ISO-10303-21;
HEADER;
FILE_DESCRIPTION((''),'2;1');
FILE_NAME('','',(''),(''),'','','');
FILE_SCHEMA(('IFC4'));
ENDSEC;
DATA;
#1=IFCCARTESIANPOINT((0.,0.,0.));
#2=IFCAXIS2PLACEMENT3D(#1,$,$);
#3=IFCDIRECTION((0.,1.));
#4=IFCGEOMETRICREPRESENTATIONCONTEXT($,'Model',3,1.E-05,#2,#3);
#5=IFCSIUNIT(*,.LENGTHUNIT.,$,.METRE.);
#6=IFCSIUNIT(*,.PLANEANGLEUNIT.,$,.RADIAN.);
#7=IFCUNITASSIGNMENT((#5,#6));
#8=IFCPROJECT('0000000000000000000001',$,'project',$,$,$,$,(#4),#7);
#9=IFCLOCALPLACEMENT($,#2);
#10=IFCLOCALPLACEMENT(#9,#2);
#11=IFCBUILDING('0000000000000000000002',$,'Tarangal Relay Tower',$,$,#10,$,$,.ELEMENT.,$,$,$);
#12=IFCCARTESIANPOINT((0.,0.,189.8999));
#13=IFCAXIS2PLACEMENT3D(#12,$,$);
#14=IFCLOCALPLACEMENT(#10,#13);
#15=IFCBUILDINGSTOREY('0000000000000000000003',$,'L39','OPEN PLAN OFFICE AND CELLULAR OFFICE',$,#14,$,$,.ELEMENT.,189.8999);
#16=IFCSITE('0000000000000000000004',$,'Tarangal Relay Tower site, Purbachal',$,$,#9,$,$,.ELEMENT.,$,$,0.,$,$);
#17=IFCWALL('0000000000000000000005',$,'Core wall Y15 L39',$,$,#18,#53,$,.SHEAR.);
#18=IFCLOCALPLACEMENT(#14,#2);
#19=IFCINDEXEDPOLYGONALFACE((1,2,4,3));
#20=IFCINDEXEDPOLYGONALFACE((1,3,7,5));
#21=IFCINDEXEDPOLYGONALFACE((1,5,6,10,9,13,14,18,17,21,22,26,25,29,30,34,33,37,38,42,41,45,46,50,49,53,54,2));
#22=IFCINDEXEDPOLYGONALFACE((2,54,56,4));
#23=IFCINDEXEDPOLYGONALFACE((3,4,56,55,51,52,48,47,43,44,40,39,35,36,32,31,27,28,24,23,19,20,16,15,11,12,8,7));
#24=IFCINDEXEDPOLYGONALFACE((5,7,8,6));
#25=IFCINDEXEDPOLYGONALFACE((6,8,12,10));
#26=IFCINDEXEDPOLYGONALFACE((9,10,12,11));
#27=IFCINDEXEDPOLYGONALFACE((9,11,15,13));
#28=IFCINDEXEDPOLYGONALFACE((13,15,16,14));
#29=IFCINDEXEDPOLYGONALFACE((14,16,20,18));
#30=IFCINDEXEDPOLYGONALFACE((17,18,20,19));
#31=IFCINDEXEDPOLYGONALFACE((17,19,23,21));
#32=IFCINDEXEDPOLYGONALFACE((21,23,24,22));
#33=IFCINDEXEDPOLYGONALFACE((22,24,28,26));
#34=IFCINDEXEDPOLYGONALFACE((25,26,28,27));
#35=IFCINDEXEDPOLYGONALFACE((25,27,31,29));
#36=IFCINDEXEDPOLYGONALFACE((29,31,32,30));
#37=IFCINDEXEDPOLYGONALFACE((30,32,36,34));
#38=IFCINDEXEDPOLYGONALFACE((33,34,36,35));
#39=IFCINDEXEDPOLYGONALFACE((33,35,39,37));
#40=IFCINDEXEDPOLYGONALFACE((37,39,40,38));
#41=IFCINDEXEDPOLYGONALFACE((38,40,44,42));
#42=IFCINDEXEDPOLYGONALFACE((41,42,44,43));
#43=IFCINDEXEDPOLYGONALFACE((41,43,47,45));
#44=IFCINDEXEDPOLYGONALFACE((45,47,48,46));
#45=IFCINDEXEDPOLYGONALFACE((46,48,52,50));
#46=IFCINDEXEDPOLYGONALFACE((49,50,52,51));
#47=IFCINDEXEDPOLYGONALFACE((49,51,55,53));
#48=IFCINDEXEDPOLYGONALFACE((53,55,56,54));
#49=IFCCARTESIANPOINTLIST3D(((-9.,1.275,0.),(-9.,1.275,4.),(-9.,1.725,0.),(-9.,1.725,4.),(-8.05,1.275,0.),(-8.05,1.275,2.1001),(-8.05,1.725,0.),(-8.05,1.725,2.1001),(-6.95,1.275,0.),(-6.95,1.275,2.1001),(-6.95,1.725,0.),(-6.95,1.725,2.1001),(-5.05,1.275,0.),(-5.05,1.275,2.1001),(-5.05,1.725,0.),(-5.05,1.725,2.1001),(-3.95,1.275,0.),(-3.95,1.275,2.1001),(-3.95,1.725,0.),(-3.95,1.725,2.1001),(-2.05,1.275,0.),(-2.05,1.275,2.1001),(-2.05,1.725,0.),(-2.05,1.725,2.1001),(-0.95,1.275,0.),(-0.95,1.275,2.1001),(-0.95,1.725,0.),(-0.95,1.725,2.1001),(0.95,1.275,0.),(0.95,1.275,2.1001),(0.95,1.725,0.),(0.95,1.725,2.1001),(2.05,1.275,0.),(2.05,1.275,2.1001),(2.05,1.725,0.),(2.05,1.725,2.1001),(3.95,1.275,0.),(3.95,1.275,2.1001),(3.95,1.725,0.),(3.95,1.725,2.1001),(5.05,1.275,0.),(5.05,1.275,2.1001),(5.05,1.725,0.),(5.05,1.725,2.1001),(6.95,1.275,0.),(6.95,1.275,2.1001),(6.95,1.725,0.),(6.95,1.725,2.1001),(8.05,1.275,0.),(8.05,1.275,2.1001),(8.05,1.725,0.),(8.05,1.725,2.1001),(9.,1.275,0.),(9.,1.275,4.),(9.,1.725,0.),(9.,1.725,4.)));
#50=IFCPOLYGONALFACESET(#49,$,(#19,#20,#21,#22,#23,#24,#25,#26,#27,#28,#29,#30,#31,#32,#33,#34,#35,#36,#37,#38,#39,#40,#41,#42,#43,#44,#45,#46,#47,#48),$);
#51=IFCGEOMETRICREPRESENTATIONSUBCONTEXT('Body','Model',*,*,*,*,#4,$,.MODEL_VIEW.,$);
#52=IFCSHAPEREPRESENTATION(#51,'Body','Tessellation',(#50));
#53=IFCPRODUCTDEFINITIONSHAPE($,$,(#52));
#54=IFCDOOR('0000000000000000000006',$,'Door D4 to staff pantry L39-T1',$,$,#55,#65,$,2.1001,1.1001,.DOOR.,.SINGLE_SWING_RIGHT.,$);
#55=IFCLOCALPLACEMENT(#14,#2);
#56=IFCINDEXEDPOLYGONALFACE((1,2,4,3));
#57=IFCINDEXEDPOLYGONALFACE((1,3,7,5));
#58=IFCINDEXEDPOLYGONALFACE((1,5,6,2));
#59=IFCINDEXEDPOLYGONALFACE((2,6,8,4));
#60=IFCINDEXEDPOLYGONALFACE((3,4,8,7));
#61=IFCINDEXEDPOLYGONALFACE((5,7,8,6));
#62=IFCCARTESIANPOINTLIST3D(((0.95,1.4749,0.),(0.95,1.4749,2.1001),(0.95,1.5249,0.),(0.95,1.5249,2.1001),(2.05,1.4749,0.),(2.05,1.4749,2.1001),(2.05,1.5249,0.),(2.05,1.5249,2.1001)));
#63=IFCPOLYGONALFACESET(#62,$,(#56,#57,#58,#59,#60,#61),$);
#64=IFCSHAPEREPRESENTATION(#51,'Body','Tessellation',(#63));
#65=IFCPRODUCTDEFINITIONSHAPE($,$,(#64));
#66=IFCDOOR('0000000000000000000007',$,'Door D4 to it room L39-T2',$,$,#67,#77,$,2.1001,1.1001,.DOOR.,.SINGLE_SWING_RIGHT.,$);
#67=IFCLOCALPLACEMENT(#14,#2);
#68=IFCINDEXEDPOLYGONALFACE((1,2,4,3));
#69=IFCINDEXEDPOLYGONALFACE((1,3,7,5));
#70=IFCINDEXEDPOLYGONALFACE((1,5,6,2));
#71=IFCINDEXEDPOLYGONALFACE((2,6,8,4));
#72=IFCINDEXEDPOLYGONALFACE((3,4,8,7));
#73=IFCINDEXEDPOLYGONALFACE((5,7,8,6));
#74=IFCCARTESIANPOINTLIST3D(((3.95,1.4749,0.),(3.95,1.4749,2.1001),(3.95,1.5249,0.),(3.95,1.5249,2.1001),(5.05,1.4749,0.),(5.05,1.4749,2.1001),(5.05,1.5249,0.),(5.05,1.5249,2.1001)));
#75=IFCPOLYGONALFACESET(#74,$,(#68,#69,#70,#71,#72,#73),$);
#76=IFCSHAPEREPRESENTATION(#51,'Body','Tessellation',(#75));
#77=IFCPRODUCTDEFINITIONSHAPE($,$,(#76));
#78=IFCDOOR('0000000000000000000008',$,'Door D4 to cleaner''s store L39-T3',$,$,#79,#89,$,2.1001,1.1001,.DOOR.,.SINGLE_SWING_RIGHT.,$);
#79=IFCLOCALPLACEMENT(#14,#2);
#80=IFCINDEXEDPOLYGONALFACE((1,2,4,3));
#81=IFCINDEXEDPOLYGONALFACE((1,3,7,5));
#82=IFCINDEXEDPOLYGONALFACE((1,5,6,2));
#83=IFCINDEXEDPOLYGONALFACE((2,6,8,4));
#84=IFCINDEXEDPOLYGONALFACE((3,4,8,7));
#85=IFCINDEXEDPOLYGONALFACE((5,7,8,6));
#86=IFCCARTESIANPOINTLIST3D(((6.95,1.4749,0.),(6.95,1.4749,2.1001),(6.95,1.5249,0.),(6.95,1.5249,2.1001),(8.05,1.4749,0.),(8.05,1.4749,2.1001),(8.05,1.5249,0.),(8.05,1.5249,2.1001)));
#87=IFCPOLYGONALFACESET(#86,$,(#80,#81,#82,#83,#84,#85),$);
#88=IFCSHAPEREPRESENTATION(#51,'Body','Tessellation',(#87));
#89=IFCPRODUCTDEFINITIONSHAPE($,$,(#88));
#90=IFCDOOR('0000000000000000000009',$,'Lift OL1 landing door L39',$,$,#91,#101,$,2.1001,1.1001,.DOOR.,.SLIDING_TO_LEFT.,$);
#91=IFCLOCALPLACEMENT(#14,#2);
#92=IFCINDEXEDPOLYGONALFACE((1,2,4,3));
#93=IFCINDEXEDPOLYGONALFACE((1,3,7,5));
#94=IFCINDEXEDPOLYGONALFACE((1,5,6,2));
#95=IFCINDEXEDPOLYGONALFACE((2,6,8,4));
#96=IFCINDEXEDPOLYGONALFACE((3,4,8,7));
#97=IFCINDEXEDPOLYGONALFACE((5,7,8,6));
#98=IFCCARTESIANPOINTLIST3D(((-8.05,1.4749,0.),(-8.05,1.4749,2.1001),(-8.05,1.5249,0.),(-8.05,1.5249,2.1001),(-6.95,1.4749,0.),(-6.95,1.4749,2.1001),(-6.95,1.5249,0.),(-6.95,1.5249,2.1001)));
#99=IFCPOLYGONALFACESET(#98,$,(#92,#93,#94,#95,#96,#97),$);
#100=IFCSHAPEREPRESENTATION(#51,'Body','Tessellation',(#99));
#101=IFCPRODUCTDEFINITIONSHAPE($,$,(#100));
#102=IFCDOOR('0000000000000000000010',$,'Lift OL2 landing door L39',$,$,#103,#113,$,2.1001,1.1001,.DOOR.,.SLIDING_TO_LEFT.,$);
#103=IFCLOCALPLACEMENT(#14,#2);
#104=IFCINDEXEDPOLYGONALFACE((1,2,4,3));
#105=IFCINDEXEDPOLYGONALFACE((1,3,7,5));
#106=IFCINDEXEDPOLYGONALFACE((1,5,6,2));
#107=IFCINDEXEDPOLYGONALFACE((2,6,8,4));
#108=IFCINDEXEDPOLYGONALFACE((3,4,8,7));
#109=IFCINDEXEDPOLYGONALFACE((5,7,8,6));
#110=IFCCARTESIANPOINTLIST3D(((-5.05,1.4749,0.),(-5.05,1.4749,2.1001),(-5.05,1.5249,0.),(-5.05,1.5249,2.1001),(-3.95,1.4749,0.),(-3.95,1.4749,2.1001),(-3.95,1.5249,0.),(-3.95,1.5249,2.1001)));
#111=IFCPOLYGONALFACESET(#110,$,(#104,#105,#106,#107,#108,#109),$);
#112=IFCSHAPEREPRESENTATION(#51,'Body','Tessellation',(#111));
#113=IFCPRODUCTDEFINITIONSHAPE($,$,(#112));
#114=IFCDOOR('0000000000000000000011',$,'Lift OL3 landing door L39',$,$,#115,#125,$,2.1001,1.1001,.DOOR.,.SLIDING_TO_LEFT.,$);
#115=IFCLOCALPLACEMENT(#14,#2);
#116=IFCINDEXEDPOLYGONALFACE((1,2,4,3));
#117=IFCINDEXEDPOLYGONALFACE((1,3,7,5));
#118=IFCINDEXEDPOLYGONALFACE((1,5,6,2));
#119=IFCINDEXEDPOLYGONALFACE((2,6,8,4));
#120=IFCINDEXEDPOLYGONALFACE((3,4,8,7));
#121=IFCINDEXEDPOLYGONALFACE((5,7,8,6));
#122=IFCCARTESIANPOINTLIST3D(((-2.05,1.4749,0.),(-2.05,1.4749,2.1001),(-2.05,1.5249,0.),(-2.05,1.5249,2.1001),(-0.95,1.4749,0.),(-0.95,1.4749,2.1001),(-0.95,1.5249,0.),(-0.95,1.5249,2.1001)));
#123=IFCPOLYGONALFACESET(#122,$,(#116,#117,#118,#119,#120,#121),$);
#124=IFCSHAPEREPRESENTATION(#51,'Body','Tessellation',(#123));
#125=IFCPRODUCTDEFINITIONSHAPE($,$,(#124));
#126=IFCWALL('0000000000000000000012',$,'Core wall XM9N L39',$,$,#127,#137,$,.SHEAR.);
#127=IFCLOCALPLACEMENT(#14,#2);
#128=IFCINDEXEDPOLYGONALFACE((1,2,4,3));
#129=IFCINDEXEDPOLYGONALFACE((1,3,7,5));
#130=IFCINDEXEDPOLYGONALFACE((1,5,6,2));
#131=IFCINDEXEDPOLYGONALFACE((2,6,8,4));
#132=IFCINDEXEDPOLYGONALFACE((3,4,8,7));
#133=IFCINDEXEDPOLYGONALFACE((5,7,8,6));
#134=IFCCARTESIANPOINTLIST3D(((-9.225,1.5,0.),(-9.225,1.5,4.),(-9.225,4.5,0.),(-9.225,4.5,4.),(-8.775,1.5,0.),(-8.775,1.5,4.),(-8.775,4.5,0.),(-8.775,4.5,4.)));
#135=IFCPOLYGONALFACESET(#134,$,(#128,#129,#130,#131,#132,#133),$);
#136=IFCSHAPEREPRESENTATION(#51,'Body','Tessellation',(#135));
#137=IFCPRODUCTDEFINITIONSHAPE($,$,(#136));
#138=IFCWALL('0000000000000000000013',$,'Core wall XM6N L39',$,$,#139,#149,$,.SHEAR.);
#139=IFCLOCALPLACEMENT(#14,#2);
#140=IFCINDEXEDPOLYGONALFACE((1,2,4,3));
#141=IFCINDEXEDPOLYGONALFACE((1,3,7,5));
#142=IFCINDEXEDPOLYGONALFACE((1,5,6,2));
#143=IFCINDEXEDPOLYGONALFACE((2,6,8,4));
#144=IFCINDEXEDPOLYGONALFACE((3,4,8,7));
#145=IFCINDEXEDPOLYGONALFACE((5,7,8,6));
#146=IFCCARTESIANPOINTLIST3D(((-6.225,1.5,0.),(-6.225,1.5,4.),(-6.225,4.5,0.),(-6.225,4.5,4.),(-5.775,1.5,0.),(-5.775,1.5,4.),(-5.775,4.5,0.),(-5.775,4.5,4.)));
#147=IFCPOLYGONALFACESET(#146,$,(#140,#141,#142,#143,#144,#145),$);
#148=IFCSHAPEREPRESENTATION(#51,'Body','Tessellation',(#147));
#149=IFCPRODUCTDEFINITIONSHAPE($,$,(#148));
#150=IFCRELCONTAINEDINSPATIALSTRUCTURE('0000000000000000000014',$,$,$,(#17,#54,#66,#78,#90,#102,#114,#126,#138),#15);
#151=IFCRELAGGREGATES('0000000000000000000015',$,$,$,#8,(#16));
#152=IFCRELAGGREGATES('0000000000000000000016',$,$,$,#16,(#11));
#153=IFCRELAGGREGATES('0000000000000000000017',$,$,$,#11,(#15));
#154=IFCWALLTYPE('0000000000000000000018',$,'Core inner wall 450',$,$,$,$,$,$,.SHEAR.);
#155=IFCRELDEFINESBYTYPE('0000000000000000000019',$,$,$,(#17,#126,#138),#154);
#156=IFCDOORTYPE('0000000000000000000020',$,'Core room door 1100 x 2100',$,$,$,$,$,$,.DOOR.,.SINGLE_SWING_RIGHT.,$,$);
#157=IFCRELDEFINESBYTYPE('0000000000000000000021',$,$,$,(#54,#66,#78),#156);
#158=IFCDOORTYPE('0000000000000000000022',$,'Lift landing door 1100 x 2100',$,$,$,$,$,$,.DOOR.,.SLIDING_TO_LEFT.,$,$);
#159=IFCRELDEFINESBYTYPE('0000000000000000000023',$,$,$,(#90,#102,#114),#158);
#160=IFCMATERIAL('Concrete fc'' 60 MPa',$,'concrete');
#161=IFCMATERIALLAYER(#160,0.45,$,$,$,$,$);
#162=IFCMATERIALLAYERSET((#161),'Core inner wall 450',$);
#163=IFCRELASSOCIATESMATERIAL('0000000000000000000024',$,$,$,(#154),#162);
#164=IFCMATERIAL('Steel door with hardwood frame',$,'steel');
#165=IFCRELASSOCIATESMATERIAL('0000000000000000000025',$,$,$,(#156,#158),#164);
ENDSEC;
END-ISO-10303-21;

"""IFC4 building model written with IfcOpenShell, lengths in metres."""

from ifc_helpers import new_model, si_unit, direction, frame, frame_2d, origin, place, context, subcontext, project, spatial, rectangle, extrude, material, layer, layer_set, type_object, element, fill, save


model = new_model("IFC4")

# Units and contexts
model_context = context("Model", 3, precision=1e-05, world=origin(), true_north=direction((0.0, 1.0)))
body_context = subcontext(model_context, "Body", "Model", "MODEL_VIEW")
ifc_project = project(units=[si_unit("LENGTHUNIT", "METRE"), si_unit("PLANEANGLEUNIT", "RADIAN")], contexts=[model_context])

# Site, building, storey
site_placement = place(None, origin())
site = spatial("IfcSite", under=ifc_project, at=site_placement, Name="Tarangal Relay Tower site, Purbachal", CompositionType="ELEMENT", RefElevation=0.0)
building_placement = place(site_placement, origin())
building = spatial("IfcBuilding", under=site, at=building_placement, Name="Tarangal Relay Tower", CompositionType="ELEMENT")
storey_placement = place(building_placement, frame((0.0, 0.0, 189.8999)))
storey = spatial("IfcBuildingStorey", under=building, at=storey_placement, Name="L39", Description="OPEN PLAN OFFICE AND CELLULAR OFFICE", CompositionType="ELEMENT", Elevation=189.8999)

# Wall, openings, doors
ifc_material_1 = material(Name="Concrete fc' 60 MPa", Category="concrete")
ifc_layer = layer(ifc_material_1, 0.45)
ifc_layer_set = layer_set([ifc_layer], Name="Core inner wall 450")
wall_type = type_object("IfcWallType", Name="Core inner wall 450", PredefinedType="SHEAR", material=ifc_layer_set)
ifc_material_2 = material(Name="Steel door with hardwood frame", Category="steel")
wall_1_placement = place(storey_placement, frame((-9.0, 1.5, 0.0), z_axis=(0.0, 0.0, 1.0), x_axis=(1.0, 0.0, 0.0)))
wall_1 = element("IfcWall", 1, at=wall_1_placement, inside=storey, type_object=wall_type, Name="Core wall Y15 L39", PredefinedType="SHEAR", context=body_context, shape_type="SweptSolid", body=[
    extrude(rectangle(XDim=18.0, YDim=0.45, at=frame_2d((9.0, 0.0))), origin(), (0.0, 0.0, 1.0), 4.0),
])
opening_1_placement = place(wall_1_placement, frame((0.95, 0.0, 0.0)))
opening_1 = element("IfcOpeningElement", 2, at=opening_1_placement, cuts=wall_1, PredefinedType="OPENING", context=body_context, shape_type="SweptSolid", body=[
    extrude(rectangle(XDim=1.1001, YDim=2.1001, at=frame_2d((0.55, 1.05))), frame((0.0, 0.2349, 0.0), z_axis=(0.0, -1.0, 0.0), x_axis=(1.0, 0.0, 0.0)), (0.0, 0.0, 1.0), 0.47),
])
opening_2_placement = place(wall_1_placement, frame((3.95, 0.0, 0.0)))
opening_2 = element("IfcOpeningElement", 3, at=opening_2_placement, cuts=wall_1, PredefinedType="OPENING", context=body_context, shape_type="SweptSolid", body=[
    extrude(rectangle(XDim=1.1001, YDim=2.1001, at=frame_2d((0.55, 1.05))), frame((0.0, 0.2349, 0.0), z_axis=(0.0, -1.0, 0.0), x_axis=(1.0, 0.0, 0.0)), (0.0, 0.0, 1.0), 0.47),
])
opening_3_placement = place(wall_1_placement, frame((6.95, 0.0, 0.0)))
opening_3 = element("IfcOpeningElement", 4, at=opening_3_placement, cuts=wall_1, PredefinedType="OPENING", context=body_context, shape_type="SweptSolid", body=[
    extrude(rectangle(XDim=1.1001, YDim=2.1001, at=frame_2d((0.55, 1.05))), frame((0.0, 0.2349, 0.0), z_axis=(0.0, -1.0, 0.0), x_axis=(1.0, 0.0, 0.0)), (0.0, 0.0, 1.0), 0.47),
])
opening_4_placement = place(wall_1_placement, frame((9.95, 0.0, 0.0)))
opening_4 = element("IfcOpeningElement", 5, at=opening_4_placement, cuts=wall_1, PredefinedType="OPENING", context=body_context, shape_type="SweptSolid", body=[
    extrude(rectangle(XDim=1.1001, YDim=2.1001, at=frame_2d((0.55, 1.05))), frame((0.0, 0.2349, 0.0), z_axis=(0.0, -1.0, 0.0), x_axis=(1.0, 0.0, 0.0)), (0.0, 0.0, 1.0), 0.47),
])
opening_5_placement = place(wall_1_placement, frame((12.95, 0.0, 0.0)))
opening_5 = element("IfcOpeningElement", 6, at=opening_5_placement, cuts=wall_1, PredefinedType="OPENING", context=body_context, shape_type="SweptSolid", body=[
    extrude(rectangle(XDim=1.1001, YDim=2.1001, at=frame_2d((0.55, 1.05))), frame((0.0, 0.2349, 0.0), z_axis=(0.0, -1.0, 0.0), x_axis=(1.0, 0.0, 0.0)), (0.0, 0.0, 1.0), 0.47),
])
opening_6_placement = place(wall_1_placement, frame((15.95, 0.0, 0.0)))
opening_6 = element("IfcOpeningElement", 7, at=opening_6_placement, cuts=wall_1, PredefinedType="OPENING", context=body_context, shape_type="SweptSolid", body=[
    extrude(rectangle(XDim=1.1001, YDim=2.1001, at=frame_2d((0.55, 1.05))), frame((0.0, 0.2349, 0.0), z_axis=(0.0, -1.0, 0.0), x_axis=(1.0, 0.0, 0.0)), (0.0, 0.0, 1.0), 0.47),
])
door_type_1 = type_object("IfcDoorType", Name="Core room door 1100 x 2100", OperationType="SINGLE_SWING_RIGHT", PredefinedType="DOOR", material=ifc_material_2)
door_1_placement = place(opening_4_placement, origin())
door_1 = element("IfcDoor", 8, at=door_1_placement, inside=storey, type_object=door_type_1, Name="Door D4 to staff pantry L39-T1", OperationType="SINGLE_SWING_RIGHT", OverallHeight=2.1001, OverallWidth=1.1001, PredefinedType="DOOR", context=body_context, shape_type="SweptSolid", body=[
    extrude(rectangle(XDim=1.1001, YDim=2.1001, at=frame_2d((0.55, 1.05))), frame((0.0, 0.0249, 0.0), z_axis=(0.0, -1.0, 0.0), x_axis=(1.0, 0.0, 0.0)), (0.0, 0.0, 1.0), 0.05),
])
fill(opening_4, door_1)
door_2_placement = place(opening_5_placement, origin())
door_2 = element("IfcDoor", 9, at=door_2_placement, inside=storey, type_object=door_type_1, Name="Door D4 to it room L39-T2", OperationType="SINGLE_SWING_RIGHT", OverallHeight=2.1001, OverallWidth=1.1001, PredefinedType="DOOR", context=body_context, shape_type="SweptSolid", body=[
    extrude(rectangle(XDim=1.1001, YDim=2.1001, at=frame_2d((0.55, 1.05))), frame((0.0, 0.0249, 0.0), z_axis=(0.0, -1.0, 0.0), x_axis=(1.0, 0.0, 0.0)), (0.0, 0.0, 1.0), 0.05),
])
fill(opening_5, door_2)
door_3_placement = place(opening_6_placement, origin())
door_3 = element("IfcDoor", 10, at=door_3_placement, inside=storey, type_object=door_type_1, Name="Door D4 to cleaner's store L39-T3", OperationType="SINGLE_SWING_RIGHT", OverallHeight=2.1001, OverallWidth=1.1001, PredefinedType="DOOR", context=body_context, shape_type="SweptSolid", body=[
    extrude(rectangle(XDim=1.1001, YDim=2.1001, at=frame_2d((0.55, 1.05))), frame((0.0, 0.0249, 0.0), z_axis=(0.0, -1.0, 0.0), x_axis=(1.0, 0.0, 0.0)), (0.0, 0.0, 1.0), 0.05),
])
fill(opening_6, door_3)
door_type_2 = type_object("IfcDoorType", Name="Lift landing door 1100 x 2100", OperationType="SLIDING_TO_LEFT", PredefinedType="DOOR", material=ifc_material_2)
door_4_placement = place(opening_1_placement, origin())
door_4 = element("IfcDoor", 11, at=door_4_placement, inside=storey, type_object=door_type_2, Name="Lift OL1 landing door L39", OperationType="SLIDING_TO_LEFT", OverallHeight=2.1001, OverallWidth=1.1001, PredefinedType="DOOR", context=body_context, shape_type="SweptSolid", body=[
    extrude(rectangle(XDim=1.1001, YDim=2.1001, at=frame_2d((0.55, 1.05))), frame((0.0, 0.0249, 0.0), z_axis=(0.0, -1.0, 0.0), x_axis=(1.0, 0.0, 0.0)), (0.0, 0.0, 1.0), 0.05),
])
fill(opening_1, door_4)
door_5_placement = place(opening_2_placement, origin())
door_5 = element("IfcDoor", 12, at=door_5_placement, inside=storey, type_object=door_type_2, Name="Lift OL2 landing door L39", OperationType="SLIDING_TO_LEFT", OverallHeight=2.1001, OverallWidth=1.1001, PredefinedType="DOOR", context=body_context, shape_type="SweptSolid", body=[
    extrude(rectangle(XDim=1.1001, YDim=2.1001, at=frame_2d((0.55, 1.05))), frame((0.0, 0.0249, 0.0), z_axis=(0.0, -1.0, 0.0), x_axis=(1.0, 0.0, 0.0)), (0.0, 0.0, 1.0), 0.05),
])
fill(opening_2, door_5)
door_6_placement = place(opening_3_placement, origin())
door_6 = element("IfcDoor", 13, at=door_6_placement, inside=storey, type_object=door_type_2, Name="Lift OL3 landing door L39", OperationType="SLIDING_TO_LEFT", OverallHeight=2.1001, OverallWidth=1.1001, PredefinedType="DOOR", context=body_context, shape_type="SweptSolid", body=[
    extrude(rectangle(XDim=1.1001, YDim=2.1001, at=frame_2d((0.55, 1.05))), frame((0.0, 0.0249, 0.0), z_axis=(0.0, -1.0, 0.0), x_axis=(1.0, 0.0, 0.0)), (0.0, 0.0, 1.0), 0.05),
])
fill(opening_3, door_6)

# Walls
for number, where, z_axis, x_axis, name in (
    (14, (-9.0, 1.5, 0.0), (0.0, 0.0, 1.0), (0.0, 1.0, 0.0), "Core wall XM9N L39"),
    (15, (-6.0, 1.5, 0.0), (0.0, 0.0, 1.0), (0.0, 1.0, 0.0), "Core wall XM6N L39"),
):
    element("IfcWall", number, at=place(storey_placement, frame(where, z_axis=z_axis, x_axis=x_axis)), inside=storey, type_object=wall_type, Name=name, PredefinedType="SHEAR", context=body_context, shape_type="SweptSolid", body=[
        extrude(rectangle(XDim=3.0, YDim=0.45, at=frame_2d((1.5, 0.0))), origin(), (0.0, 0.0, 1.0), 4.0),
    ])

save(model, "model.ifc")
